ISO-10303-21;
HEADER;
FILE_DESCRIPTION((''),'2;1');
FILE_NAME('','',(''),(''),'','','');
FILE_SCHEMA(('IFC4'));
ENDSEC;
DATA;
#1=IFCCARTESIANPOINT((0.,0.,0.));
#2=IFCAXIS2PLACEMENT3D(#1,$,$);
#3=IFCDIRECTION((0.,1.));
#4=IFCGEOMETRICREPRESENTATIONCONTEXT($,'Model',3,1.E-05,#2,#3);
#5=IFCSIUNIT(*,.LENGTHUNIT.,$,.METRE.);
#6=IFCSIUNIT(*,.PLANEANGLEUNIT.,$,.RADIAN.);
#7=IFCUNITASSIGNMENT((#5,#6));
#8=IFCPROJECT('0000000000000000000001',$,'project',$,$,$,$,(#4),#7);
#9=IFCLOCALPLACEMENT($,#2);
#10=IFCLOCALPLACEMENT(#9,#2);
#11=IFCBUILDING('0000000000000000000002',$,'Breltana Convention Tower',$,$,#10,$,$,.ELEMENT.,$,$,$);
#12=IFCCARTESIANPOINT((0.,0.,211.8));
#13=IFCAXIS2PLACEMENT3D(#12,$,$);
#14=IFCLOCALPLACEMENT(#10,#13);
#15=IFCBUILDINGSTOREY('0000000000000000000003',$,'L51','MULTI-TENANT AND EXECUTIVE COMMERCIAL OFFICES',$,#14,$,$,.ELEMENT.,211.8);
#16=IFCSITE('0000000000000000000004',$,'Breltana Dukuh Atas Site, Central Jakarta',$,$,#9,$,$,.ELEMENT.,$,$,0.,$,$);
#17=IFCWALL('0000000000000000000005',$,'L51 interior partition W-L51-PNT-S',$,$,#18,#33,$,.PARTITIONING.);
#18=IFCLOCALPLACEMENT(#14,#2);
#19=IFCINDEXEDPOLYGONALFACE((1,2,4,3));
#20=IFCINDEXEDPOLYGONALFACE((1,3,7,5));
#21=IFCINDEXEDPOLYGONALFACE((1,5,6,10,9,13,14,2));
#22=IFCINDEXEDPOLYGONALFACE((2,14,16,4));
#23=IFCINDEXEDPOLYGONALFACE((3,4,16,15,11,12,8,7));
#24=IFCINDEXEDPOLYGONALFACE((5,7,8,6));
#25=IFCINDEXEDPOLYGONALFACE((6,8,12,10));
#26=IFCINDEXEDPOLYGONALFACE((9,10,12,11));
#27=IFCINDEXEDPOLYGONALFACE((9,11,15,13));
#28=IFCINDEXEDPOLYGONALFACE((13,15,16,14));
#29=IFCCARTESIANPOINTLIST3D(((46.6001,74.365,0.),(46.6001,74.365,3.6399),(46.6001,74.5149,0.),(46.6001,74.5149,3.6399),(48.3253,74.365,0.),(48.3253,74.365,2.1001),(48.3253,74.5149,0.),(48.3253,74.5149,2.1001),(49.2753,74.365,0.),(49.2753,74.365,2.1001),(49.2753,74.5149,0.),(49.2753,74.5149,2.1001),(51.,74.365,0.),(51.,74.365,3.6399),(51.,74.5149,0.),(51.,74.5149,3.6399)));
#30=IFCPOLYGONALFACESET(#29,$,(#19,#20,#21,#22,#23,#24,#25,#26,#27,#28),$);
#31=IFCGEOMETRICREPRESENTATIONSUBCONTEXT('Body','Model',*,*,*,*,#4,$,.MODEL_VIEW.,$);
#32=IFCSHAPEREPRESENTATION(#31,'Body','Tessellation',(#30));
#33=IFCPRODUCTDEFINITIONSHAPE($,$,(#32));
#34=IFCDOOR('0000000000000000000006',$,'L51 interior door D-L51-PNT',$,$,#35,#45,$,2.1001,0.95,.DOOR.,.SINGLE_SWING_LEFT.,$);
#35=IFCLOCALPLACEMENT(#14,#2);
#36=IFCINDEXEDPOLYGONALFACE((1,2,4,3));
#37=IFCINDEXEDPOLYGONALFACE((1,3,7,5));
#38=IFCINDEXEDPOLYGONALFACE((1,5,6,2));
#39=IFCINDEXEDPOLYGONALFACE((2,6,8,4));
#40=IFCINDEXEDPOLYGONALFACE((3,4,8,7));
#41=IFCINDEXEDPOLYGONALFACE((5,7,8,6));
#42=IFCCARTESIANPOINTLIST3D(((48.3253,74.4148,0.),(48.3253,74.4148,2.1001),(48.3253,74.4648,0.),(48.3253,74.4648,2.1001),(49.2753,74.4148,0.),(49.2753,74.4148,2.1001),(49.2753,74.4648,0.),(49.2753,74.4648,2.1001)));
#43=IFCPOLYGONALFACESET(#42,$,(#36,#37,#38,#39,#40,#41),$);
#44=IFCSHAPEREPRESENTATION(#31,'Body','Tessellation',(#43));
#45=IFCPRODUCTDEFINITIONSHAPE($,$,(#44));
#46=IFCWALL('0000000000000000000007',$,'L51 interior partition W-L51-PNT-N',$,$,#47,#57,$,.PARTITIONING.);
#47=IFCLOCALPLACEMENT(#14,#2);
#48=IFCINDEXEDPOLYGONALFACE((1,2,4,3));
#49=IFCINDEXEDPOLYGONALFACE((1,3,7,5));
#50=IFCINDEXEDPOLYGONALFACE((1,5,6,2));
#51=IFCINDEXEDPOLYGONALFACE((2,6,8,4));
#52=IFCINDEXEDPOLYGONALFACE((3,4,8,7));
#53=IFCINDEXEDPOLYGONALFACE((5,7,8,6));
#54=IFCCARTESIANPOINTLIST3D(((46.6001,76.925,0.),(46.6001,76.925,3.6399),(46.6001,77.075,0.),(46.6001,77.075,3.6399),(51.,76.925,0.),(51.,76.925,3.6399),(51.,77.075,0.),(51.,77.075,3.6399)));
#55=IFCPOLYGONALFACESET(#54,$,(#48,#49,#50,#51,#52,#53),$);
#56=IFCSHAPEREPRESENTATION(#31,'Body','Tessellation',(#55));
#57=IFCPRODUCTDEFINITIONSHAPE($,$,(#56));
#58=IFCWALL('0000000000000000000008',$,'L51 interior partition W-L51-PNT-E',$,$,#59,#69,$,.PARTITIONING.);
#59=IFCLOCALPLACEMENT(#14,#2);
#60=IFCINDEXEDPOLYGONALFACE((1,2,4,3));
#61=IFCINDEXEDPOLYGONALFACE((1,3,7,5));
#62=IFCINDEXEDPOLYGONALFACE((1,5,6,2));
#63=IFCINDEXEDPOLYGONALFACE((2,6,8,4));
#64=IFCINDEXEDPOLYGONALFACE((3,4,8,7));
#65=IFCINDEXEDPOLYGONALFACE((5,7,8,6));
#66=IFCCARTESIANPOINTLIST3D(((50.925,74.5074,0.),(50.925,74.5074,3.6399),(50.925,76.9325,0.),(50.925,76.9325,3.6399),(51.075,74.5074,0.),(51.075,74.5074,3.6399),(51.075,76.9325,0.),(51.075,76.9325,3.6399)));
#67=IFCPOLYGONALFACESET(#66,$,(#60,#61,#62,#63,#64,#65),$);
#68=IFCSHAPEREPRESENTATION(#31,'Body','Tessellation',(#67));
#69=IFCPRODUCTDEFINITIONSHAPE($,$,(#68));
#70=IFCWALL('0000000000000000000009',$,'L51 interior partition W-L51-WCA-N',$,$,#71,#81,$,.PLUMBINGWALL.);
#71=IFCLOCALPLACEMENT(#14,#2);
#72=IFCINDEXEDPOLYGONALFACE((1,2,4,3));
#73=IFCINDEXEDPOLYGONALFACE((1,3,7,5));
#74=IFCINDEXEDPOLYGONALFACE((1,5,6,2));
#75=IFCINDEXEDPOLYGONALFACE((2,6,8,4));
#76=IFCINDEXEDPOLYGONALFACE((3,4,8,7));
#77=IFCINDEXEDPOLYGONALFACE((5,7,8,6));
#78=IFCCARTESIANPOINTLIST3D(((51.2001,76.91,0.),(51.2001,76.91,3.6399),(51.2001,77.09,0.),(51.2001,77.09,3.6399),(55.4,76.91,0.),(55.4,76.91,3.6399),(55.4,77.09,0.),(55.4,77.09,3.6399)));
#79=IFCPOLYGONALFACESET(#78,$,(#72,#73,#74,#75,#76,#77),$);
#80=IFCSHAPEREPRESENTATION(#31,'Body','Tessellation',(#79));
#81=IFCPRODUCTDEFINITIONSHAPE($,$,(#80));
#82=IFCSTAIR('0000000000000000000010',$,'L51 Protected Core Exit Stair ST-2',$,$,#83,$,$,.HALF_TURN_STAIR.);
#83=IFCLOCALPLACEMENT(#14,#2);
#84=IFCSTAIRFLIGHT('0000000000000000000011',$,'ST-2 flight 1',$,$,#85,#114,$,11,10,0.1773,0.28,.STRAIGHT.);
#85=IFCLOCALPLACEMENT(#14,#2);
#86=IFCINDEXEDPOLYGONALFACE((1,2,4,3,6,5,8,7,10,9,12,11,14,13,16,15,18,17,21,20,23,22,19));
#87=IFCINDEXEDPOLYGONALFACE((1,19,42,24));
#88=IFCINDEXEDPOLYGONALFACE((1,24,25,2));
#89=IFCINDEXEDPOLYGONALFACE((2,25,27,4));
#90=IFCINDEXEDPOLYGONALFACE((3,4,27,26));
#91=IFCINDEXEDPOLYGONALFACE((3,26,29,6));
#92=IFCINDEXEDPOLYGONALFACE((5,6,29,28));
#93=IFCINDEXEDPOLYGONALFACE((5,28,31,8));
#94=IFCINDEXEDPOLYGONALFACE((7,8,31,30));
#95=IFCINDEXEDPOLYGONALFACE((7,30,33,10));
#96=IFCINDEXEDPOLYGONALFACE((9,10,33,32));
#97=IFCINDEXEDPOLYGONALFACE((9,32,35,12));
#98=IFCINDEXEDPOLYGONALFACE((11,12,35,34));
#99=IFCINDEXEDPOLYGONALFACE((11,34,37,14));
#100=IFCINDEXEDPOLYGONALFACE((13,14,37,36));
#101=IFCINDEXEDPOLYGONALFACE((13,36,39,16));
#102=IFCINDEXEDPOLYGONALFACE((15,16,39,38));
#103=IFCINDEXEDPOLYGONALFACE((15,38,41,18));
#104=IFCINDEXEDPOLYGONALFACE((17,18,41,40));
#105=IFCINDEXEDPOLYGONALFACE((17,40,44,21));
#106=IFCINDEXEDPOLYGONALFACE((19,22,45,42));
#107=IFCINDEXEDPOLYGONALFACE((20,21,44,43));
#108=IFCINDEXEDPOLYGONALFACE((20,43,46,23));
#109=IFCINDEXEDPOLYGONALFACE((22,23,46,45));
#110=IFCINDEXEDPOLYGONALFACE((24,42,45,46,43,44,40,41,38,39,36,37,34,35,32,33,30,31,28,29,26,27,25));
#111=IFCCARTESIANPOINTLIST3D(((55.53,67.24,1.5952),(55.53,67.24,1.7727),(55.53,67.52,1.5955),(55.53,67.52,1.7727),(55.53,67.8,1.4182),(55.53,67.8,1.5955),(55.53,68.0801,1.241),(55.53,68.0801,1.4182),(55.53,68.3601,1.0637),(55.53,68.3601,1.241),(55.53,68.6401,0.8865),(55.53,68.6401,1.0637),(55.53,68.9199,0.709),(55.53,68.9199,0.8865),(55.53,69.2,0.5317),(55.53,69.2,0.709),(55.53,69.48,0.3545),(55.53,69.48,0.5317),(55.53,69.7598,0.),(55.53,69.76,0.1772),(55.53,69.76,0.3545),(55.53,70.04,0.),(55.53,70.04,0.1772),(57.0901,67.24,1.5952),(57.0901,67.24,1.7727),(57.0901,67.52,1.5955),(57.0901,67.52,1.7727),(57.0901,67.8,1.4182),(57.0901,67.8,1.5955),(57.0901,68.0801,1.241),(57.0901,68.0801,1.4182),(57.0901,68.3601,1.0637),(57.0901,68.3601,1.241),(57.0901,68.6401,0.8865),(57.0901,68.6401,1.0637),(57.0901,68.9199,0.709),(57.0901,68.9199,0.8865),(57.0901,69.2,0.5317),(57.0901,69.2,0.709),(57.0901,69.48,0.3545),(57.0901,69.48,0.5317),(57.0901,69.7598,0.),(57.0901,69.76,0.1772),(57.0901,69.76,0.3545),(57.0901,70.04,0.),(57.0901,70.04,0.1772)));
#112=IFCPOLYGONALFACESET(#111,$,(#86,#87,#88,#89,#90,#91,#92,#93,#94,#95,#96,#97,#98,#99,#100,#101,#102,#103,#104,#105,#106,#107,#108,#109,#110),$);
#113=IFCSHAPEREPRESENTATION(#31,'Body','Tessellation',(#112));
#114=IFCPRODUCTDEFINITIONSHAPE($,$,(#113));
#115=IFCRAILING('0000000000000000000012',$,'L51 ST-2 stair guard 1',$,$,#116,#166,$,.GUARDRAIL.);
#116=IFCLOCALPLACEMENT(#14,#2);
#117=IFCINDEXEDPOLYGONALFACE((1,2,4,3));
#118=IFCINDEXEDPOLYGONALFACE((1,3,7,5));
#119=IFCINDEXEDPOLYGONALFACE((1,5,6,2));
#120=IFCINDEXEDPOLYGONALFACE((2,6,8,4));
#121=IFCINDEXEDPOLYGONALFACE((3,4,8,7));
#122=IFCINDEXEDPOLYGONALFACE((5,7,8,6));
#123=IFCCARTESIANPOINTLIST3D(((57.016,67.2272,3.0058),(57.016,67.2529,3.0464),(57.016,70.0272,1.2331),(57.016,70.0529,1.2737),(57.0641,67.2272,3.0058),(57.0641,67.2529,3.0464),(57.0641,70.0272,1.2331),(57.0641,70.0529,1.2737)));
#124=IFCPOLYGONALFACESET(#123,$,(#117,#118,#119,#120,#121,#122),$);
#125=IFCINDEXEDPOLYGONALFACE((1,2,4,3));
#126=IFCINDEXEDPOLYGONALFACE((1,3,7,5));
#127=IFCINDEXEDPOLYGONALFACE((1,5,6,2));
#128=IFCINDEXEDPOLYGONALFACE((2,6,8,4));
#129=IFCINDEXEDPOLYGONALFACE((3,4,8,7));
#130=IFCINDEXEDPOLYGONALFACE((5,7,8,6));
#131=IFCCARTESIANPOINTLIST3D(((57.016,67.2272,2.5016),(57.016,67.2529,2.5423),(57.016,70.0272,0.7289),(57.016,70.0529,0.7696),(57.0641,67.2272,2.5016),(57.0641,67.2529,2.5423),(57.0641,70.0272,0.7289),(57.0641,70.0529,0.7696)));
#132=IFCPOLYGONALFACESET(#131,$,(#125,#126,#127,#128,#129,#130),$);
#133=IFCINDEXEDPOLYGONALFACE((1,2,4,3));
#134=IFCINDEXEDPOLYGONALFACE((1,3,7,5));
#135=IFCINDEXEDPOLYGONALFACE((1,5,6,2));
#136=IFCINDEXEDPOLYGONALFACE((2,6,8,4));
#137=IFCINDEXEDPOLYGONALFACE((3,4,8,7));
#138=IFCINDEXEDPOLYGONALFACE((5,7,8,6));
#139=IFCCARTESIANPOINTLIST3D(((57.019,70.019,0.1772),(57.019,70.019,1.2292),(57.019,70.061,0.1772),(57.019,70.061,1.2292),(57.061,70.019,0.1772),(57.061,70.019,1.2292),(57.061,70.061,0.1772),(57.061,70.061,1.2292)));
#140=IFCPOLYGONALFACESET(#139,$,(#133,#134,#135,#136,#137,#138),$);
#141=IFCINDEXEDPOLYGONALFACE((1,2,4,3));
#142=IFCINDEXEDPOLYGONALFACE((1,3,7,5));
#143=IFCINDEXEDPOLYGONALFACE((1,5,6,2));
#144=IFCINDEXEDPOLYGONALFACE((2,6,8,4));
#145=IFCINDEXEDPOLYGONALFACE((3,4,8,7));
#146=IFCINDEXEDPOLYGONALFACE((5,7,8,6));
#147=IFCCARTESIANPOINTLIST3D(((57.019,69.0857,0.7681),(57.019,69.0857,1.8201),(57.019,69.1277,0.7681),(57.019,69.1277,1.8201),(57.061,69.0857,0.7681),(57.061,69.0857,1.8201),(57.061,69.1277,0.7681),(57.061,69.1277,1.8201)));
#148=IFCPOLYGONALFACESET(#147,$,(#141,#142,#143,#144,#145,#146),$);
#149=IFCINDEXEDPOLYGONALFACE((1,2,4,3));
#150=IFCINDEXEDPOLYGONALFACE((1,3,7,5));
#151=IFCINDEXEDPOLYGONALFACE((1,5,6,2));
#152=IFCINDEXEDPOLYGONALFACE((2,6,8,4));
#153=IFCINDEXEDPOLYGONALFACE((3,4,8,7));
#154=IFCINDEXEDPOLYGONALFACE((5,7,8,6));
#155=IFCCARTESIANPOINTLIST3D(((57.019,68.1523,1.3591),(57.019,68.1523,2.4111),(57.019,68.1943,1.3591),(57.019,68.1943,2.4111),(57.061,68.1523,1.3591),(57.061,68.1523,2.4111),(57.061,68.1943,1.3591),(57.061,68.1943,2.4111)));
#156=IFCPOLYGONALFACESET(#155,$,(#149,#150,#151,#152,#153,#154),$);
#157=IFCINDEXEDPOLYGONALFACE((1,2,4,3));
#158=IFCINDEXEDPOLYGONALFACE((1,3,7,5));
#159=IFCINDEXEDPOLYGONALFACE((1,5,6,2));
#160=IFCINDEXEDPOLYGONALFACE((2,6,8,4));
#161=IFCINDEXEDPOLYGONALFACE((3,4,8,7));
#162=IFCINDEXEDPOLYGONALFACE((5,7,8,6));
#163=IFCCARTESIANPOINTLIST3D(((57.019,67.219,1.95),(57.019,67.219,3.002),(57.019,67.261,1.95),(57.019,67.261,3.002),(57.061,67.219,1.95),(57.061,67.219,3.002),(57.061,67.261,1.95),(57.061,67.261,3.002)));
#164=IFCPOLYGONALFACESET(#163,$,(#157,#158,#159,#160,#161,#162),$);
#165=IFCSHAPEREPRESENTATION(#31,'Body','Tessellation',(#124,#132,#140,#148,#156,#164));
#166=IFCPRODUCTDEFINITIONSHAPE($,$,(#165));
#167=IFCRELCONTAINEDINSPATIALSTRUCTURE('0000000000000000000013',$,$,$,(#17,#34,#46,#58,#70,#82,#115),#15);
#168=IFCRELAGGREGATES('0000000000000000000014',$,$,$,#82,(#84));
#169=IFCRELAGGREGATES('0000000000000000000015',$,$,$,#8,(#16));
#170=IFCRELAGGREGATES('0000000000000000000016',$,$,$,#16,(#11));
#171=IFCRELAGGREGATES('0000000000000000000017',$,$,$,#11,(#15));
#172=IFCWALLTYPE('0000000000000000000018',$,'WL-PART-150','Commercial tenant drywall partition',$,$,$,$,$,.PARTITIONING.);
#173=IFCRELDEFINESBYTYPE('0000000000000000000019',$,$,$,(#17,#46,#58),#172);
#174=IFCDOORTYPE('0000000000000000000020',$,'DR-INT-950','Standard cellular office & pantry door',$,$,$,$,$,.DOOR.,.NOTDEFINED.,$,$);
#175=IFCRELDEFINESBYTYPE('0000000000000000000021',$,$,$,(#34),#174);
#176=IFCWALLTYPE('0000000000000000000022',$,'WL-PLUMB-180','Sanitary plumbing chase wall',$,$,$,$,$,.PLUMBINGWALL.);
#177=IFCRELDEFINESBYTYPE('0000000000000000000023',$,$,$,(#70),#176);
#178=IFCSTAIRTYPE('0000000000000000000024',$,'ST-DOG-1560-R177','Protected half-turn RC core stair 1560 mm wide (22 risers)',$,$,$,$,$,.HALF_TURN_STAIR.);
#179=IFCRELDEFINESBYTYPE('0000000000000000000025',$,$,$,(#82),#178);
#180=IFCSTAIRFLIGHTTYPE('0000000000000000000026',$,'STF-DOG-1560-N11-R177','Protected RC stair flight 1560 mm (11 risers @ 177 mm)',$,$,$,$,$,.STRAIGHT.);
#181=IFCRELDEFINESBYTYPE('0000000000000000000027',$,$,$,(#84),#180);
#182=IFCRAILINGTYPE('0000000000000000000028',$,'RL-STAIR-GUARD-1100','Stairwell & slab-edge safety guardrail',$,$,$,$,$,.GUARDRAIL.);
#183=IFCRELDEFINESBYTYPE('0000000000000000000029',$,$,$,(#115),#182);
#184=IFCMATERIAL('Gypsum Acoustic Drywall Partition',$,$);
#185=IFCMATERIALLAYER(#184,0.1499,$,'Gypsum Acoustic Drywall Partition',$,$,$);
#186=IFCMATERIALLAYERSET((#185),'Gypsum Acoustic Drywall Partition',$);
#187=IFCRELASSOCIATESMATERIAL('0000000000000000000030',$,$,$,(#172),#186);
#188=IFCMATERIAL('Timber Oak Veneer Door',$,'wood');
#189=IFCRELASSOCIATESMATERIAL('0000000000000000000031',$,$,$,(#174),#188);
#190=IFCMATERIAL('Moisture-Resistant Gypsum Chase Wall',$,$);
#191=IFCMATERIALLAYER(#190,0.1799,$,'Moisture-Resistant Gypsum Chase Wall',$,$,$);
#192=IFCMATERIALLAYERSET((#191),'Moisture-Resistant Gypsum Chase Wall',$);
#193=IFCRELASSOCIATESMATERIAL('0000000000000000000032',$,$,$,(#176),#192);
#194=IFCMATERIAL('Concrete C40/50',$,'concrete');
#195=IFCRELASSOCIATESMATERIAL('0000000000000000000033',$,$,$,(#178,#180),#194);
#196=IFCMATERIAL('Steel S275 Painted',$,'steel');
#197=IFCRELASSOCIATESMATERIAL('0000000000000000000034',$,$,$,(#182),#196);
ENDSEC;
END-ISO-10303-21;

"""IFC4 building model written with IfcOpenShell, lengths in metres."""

from ifc_helpers import new_model, si_unit, direction, frame, frame_2d, origin, origin_2d, place, context, subcontext, project, spatial, polyline, rectangle, outline, extrude, source, transform, mapped, material, layer, layer_set, type_object, type_shapes, element, fill, aggregate, save


model = new_model("IFC4")

# Units and contexts
model_context = context("Model", 3, precision=1e-05, world=origin(), true_north=direction((0.0, 1.0)))
body_context = subcontext(model_context, "Body", "Model", "MODEL_VIEW")
ifc_project = project(units=[si_unit("LENGTHUNIT", "METRE"), si_unit("PLANEANGLEUNIT", "RADIAN")], contexts=[model_context])

# Site, building, storey
site_placement = place(None, origin())
site = spatial("IfcSite", under=ifc_project, at=site_placement, Name="Breltana Dukuh Atas Site, Central Jakarta", CompositionType="ELEMENT", RefElevation=0.0)
building_placement = place(site_placement, origin())
building = spatial("IfcBuilding", under=site, at=building_placement, Name="Breltana Convention Tower", CompositionType="ELEMENT")
storey_placement = place(building_placement, frame((0.0, 0.0, 211.8)))
storey = spatial("IfcBuildingStorey", under=building, at=storey_placement, Name="L51", Description="MULTI-TENANT AND EXECUTIVE COMMERCIAL OFFICES", CompositionType="ELEMENT", Elevation=211.8)

# Wall, opening, door
ifc_material_1 = material(Name="Gypsum Acoustic Drywall Partition")
ifc_layer_1 = layer(ifc_material_1, 0.1499, Name="Gypsum Acoustic Drywall Partition")
ifc_layer_set_1 = layer_set([ifc_layer_1], Name="Gypsum Acoustic Drywall Partition")
wall_type_1 = type_object("IfcWallType", Name="WL-PART-150", Description="Commercial tenant drywall partition", PredefinedType="PARTITIONING", material=ifc_layer_set_1)
shared_shape_1 = source(origin(), body_context, "Body", "SweptSolid", [
    extrude(rectangle(XDim=4.3999, YDim=0.1499, at=frame_2d((2.2, 0.0))), origin(), (0.0, 0.0, 1.0), 3.6399),
])
wall_1_placement = place(storey_placement, frame((46.6001, 74.4399, 0.0), z_axis=(0.0, 0.0, 1.0), x_axis=(1.0, 0.0, 0.0)))
wall_1 = element("IfcWall", 1, at=wall_1_placement, inside=storey, type_object=wall_type_1, Name="L51 interior partition W-L51-PNT-S", PredefinedType="PARTITIONING", context=body_context, shape_type="MappedRepresentation", body=[
    mapped(shared_shape_1, transform((0.0, 0.0, 0.0), scale=1.0)),
])
opening_1_placement = place(wall_1_placement, frame((1.7251, 0.0, 0.0)))
opening_1 = element("IfcOpeningElement", 2, at=opening_1_placement, cuts=wall_1, PredefinedType="OPENING", context=body_context, shape_type="SweptSolid", body=[
    extrude(rectangle(XDim=0.95, YDim=2.1001, at=frame_2d((0.4751, 1.05))), frame((0.0, 0.085, 0.0), z_axis=(0.0, -1.0, 0.0), x_axis=(1.0, 0.0, 0.0)), (0.0, 0.0, 1.0), 0.1699),
])
ifc_material_2 = material(Name="Timber Oak Veneer Door", Category="wood")
door_type_1 = type_object("IfcDoorType", Name="DR-INT-950", Description="Standard cellular office & pantry door", OperationType="NOTDEFINED", PredefinedType="DOOR", material=ifc_material_2)
shared_shape_2 = source(origin(), body_context, "Body", "SweptSolid", [
    extrude(rectangle(XDim=0.95, YDim=2.1001, at=frame_2d((0.4751, 1.05))), frame((0.0, 0.0249, 0.0), z_axis=(0.0, -1.0, 0.0), x_axis=(1.0, 0.0, 0.0)), (0.0, 0.0, 1.0), 0.05),
])
type_shapes(door_type_1, [shared_shape_2])
door_1_placement = place(opening_1_placement, origin())
door_1 = element("IfcDoor", 3, at=door_1_placement, inside=storey, type_object=door_type_1, Name="L51 interior door D-L51-PNT", OperationType="SINGLE_SWING_LEFT", OverallHeight=2.1001, OverallWidth=0.95, PredefinedType="DOOR", context=body_context, shape_type="MappedRepresentation", body=[
    mapped(shared_shape_2, transform((0.0, 0.0, 0.0), scale=1.0)),
])
fill(opening_1, door_1)

# Walls
wall_2_placement = place(storey_placement, frame((46.6001, 77.0, 0.0), z_axis=(0.0, 0.0, 1.0), x_axis=(1.0, 0.0, 0.0)))
element("IfcWall", 4, at=wall_2_placement, inside=storey, type_object=wall_type_1, Name="L51 interior partition W-L51-PNT-N", PredefinedType="PARTITIONING", context=body_context, shape_type="MappedRepresentation", body=[
    mapped(shared_shape_1, transform((0.0, 0.0, 0.0), scale=1.0)),
])
shared_shape_3 = source(origin(), body_context, "Body", "SweptSolid", [
    extrude(rectangle(XDim=2.425, YDim=0.1499, at=frame_2d((1.2124, 0.0))), origin(), (0.0, 0.0, 1.0), 3.6399),
])
wall_3_placement = place(storey_placement, frame((51.0, 74.5076, 0.0), z_axis=(0.0, 0.0, 1.0), x_axis=(0.0, 1.0, 0.0)))
element("IfcWall", 5, at=wall_3_placement, inside=storey, type_object=wall_type_1, Name="L51 interior partition W-L51-PNT-E", PredefinedType="PARTITIONING", context=body_context, shape_type="MappedRepresentation", body=[
    mapped(shared_shape_3, transform((0.0, 0.0, 0.0), scale=1.0)),
])

# Wall
ifc_material_3 = material(Name="Moisture-Resistant Gypsum Chase Wall")
ifc_layer_2 = layer(ifc_material_3, 0.1799, Name="Moisture-Resistant Gypsum Chase Wall")
ifc_layer_set_2 = layer_set([ifc_layer_2], Name="Moisture-Resistant Gypsum Chase Wall")
wall_type_2 = type_object("IfcWallType", Name="WL-PLUMB-180", Description="Sanitary plumbing chase wall", PredefinedType="PLUMBINGWALL", material=ifc_layer_set_2)
shared_shape_4 = source(origin(), body_context, "Body", "SweptSolid", [
    extrude(rectangle(XDim=4.2, YDim=0.1799, at=frame_2d((2.1001, 0.0))), origin(), (0.0, 0.0, 1.0), 3.6399),
])
wall_4_placement = place(storey_placement, frame((51.2, 77.0, 0.0), z_axis=(0.0, 0.0, 1.0), x_axis=(1.0, 0.0, 0.0)))
element("IfcWall", 6, at=wall_4_placement, inside=storey, type_object=wall_type_2, Name="L51 interior partition W-L51-WCA-N", PredefinedType="PLUMBINGWALL", context=body_context, shape_type="MappedRepresentation", body=[
    mapped(shared_shape_4, transform((0.0, 0.0, 0.0), scale=1.0)),
])

# Stair, stair flight
ifc_material_4 = material(Name="Concrete C40/50", Category="concrete")
stair_type = type_object("IfcStairType", Name="ST-DOG-1560-R177", Description="Protected half-turn RC core stair 1560 mm wide (22 risers)", PredefinedType="HALF_TURN_STAIR", material=ifc_material_4)
stair_placement = place(storey_placement, origin())
stair = element("IfcStair", 7, at=stair_placement, inside=storey, type_object=stair_type, Name="L51 Protected Core Exit Stair ST-2", PredefinedType="HALF_TURN_STAIR")
stair_flight_type = type_object("IfcStairFlightType", Name="STF-DOG-1560-N11-R177", Description="Protected RC stair flight 1560 mm (11 risers @ 177 mm)", PredefinedType="STRAIGHT", material=ifc_material_4)
stair_flight_placement = place(storey_placement, frame((56.3101, 70.04, 0.0), z_axis=(0.0, 0.0, 1.0), x_axis=(0.0, -1.0, 0.0)))
stair_flight = element("IfcStairFlight", 8, at=stair_flight_placement, type_object=stair_flight_type, Name="ST-2 flight 1", NumberOfRisers=11, NumberOfTreads=10, PredefinedType="STRAIGHT", RiserHeight=0.1773, TreadLength=0.28, context=body_context, shape_type="SweptSolid", body=[
    extrude(outline(polyline([(0.0, 0.0), (0.0, 0.1772), (0.28, 0.1772), (0.28, 0.3545), (0.5601, 0.3545), (0.5601, 0.5317), (0.8401, 0.5317), (0.8401, 0.709), (1.1201, 0.709), (1.1201, 0.8865), (1.3999, 0.8865), (1.3999, 1.0637), (1.6799, 1.0637), (1.6799, 1.241), (1.96, 1.241), (1.96, 1.4182), (2.24, 1.4182), (2.24, 1.5955), (2.52, 1.5955), (2.52, 1.7727), (2.8, 1.7727), (2.8, 1.95), (2.8, 1.5952), (0.2803, 0.0), (0.0, 0.0)])), frame((0.0, 0.78, 0.0), z_axis=(0.0, -1.0, 0.0), x_axis=(1.0, 0.0, 0.0)), (0.0, 0.0, 1.0), 1.5601),
])
aggregate(stair, [stair_flight])

# Railing
ifc_material_5 = material(Name="Steel S275 Painted", Category="steel")
railing_type = type_object("IfcRailingType", Name="RL-STAIR-GUARD-1100", Description="Stairwell & slab-edge safety guardrail", PredefinedType="GUARDRAIL", material=ifc_material_5)
railing_1_placement = place(storey_placement, frame((57.04, 70.04, 0.1772)))
element("IfcRailing", 9, at=railing_1_placement, inside=storey, type_object=railing_type, Name="L51 ST-2 stair guard 1", PredefinedType="GUARDRAIL", context=body_context, shape_type="SweptSolid", body=[
    extrude(rectangle(XDim=0.0481, YDim=0.0481, at=origin_2d()), frame((0.0, 0.0, 1.0762), z_axis=(0.0, -0.844909, 0.53491), x_axis=(1.0, 0.0, 0.0)), (0.0, 0.0, 1.0), 3.314),
    extrude(rectangle(XDim=0.0481, YDim=0.0481, at=origin_2d()), frame((0.0, 0.0, 0.572), z_axis=(0.0, -0.844909, 0.53491), x_axis=(1.0, 0.0, 0.0)), (0.0, 0.0, 1.0), 3.314),
    extrude(rectangle(XDim=0.042, YDim=0.042, at=origin_2d()), origin(), (0.0, 0.0, 1.0), 1.052),
    extrude(rectangle(XDim=0.042, YDim=0.042, at=origin_2d()), frame((0.0, -0.9333, 0.5908)), (0.0, 0.0, 1.0), 1.052),
    extrude(rectangle(XDim=0.042, YDim=0.042, at=origin_2d()), frame((0.0, -1.8667, 1.1819)), (0.0, 0.0, 1.0), 1.052),
    extrude(rectangle(XDim=0.042, YDim=0.042, at=origin_2d()), frame((0.0, -2.8, 1.7727)), (0.0, 0.0, 1.0), 1.052),
])

save(model, "model.ifc")
